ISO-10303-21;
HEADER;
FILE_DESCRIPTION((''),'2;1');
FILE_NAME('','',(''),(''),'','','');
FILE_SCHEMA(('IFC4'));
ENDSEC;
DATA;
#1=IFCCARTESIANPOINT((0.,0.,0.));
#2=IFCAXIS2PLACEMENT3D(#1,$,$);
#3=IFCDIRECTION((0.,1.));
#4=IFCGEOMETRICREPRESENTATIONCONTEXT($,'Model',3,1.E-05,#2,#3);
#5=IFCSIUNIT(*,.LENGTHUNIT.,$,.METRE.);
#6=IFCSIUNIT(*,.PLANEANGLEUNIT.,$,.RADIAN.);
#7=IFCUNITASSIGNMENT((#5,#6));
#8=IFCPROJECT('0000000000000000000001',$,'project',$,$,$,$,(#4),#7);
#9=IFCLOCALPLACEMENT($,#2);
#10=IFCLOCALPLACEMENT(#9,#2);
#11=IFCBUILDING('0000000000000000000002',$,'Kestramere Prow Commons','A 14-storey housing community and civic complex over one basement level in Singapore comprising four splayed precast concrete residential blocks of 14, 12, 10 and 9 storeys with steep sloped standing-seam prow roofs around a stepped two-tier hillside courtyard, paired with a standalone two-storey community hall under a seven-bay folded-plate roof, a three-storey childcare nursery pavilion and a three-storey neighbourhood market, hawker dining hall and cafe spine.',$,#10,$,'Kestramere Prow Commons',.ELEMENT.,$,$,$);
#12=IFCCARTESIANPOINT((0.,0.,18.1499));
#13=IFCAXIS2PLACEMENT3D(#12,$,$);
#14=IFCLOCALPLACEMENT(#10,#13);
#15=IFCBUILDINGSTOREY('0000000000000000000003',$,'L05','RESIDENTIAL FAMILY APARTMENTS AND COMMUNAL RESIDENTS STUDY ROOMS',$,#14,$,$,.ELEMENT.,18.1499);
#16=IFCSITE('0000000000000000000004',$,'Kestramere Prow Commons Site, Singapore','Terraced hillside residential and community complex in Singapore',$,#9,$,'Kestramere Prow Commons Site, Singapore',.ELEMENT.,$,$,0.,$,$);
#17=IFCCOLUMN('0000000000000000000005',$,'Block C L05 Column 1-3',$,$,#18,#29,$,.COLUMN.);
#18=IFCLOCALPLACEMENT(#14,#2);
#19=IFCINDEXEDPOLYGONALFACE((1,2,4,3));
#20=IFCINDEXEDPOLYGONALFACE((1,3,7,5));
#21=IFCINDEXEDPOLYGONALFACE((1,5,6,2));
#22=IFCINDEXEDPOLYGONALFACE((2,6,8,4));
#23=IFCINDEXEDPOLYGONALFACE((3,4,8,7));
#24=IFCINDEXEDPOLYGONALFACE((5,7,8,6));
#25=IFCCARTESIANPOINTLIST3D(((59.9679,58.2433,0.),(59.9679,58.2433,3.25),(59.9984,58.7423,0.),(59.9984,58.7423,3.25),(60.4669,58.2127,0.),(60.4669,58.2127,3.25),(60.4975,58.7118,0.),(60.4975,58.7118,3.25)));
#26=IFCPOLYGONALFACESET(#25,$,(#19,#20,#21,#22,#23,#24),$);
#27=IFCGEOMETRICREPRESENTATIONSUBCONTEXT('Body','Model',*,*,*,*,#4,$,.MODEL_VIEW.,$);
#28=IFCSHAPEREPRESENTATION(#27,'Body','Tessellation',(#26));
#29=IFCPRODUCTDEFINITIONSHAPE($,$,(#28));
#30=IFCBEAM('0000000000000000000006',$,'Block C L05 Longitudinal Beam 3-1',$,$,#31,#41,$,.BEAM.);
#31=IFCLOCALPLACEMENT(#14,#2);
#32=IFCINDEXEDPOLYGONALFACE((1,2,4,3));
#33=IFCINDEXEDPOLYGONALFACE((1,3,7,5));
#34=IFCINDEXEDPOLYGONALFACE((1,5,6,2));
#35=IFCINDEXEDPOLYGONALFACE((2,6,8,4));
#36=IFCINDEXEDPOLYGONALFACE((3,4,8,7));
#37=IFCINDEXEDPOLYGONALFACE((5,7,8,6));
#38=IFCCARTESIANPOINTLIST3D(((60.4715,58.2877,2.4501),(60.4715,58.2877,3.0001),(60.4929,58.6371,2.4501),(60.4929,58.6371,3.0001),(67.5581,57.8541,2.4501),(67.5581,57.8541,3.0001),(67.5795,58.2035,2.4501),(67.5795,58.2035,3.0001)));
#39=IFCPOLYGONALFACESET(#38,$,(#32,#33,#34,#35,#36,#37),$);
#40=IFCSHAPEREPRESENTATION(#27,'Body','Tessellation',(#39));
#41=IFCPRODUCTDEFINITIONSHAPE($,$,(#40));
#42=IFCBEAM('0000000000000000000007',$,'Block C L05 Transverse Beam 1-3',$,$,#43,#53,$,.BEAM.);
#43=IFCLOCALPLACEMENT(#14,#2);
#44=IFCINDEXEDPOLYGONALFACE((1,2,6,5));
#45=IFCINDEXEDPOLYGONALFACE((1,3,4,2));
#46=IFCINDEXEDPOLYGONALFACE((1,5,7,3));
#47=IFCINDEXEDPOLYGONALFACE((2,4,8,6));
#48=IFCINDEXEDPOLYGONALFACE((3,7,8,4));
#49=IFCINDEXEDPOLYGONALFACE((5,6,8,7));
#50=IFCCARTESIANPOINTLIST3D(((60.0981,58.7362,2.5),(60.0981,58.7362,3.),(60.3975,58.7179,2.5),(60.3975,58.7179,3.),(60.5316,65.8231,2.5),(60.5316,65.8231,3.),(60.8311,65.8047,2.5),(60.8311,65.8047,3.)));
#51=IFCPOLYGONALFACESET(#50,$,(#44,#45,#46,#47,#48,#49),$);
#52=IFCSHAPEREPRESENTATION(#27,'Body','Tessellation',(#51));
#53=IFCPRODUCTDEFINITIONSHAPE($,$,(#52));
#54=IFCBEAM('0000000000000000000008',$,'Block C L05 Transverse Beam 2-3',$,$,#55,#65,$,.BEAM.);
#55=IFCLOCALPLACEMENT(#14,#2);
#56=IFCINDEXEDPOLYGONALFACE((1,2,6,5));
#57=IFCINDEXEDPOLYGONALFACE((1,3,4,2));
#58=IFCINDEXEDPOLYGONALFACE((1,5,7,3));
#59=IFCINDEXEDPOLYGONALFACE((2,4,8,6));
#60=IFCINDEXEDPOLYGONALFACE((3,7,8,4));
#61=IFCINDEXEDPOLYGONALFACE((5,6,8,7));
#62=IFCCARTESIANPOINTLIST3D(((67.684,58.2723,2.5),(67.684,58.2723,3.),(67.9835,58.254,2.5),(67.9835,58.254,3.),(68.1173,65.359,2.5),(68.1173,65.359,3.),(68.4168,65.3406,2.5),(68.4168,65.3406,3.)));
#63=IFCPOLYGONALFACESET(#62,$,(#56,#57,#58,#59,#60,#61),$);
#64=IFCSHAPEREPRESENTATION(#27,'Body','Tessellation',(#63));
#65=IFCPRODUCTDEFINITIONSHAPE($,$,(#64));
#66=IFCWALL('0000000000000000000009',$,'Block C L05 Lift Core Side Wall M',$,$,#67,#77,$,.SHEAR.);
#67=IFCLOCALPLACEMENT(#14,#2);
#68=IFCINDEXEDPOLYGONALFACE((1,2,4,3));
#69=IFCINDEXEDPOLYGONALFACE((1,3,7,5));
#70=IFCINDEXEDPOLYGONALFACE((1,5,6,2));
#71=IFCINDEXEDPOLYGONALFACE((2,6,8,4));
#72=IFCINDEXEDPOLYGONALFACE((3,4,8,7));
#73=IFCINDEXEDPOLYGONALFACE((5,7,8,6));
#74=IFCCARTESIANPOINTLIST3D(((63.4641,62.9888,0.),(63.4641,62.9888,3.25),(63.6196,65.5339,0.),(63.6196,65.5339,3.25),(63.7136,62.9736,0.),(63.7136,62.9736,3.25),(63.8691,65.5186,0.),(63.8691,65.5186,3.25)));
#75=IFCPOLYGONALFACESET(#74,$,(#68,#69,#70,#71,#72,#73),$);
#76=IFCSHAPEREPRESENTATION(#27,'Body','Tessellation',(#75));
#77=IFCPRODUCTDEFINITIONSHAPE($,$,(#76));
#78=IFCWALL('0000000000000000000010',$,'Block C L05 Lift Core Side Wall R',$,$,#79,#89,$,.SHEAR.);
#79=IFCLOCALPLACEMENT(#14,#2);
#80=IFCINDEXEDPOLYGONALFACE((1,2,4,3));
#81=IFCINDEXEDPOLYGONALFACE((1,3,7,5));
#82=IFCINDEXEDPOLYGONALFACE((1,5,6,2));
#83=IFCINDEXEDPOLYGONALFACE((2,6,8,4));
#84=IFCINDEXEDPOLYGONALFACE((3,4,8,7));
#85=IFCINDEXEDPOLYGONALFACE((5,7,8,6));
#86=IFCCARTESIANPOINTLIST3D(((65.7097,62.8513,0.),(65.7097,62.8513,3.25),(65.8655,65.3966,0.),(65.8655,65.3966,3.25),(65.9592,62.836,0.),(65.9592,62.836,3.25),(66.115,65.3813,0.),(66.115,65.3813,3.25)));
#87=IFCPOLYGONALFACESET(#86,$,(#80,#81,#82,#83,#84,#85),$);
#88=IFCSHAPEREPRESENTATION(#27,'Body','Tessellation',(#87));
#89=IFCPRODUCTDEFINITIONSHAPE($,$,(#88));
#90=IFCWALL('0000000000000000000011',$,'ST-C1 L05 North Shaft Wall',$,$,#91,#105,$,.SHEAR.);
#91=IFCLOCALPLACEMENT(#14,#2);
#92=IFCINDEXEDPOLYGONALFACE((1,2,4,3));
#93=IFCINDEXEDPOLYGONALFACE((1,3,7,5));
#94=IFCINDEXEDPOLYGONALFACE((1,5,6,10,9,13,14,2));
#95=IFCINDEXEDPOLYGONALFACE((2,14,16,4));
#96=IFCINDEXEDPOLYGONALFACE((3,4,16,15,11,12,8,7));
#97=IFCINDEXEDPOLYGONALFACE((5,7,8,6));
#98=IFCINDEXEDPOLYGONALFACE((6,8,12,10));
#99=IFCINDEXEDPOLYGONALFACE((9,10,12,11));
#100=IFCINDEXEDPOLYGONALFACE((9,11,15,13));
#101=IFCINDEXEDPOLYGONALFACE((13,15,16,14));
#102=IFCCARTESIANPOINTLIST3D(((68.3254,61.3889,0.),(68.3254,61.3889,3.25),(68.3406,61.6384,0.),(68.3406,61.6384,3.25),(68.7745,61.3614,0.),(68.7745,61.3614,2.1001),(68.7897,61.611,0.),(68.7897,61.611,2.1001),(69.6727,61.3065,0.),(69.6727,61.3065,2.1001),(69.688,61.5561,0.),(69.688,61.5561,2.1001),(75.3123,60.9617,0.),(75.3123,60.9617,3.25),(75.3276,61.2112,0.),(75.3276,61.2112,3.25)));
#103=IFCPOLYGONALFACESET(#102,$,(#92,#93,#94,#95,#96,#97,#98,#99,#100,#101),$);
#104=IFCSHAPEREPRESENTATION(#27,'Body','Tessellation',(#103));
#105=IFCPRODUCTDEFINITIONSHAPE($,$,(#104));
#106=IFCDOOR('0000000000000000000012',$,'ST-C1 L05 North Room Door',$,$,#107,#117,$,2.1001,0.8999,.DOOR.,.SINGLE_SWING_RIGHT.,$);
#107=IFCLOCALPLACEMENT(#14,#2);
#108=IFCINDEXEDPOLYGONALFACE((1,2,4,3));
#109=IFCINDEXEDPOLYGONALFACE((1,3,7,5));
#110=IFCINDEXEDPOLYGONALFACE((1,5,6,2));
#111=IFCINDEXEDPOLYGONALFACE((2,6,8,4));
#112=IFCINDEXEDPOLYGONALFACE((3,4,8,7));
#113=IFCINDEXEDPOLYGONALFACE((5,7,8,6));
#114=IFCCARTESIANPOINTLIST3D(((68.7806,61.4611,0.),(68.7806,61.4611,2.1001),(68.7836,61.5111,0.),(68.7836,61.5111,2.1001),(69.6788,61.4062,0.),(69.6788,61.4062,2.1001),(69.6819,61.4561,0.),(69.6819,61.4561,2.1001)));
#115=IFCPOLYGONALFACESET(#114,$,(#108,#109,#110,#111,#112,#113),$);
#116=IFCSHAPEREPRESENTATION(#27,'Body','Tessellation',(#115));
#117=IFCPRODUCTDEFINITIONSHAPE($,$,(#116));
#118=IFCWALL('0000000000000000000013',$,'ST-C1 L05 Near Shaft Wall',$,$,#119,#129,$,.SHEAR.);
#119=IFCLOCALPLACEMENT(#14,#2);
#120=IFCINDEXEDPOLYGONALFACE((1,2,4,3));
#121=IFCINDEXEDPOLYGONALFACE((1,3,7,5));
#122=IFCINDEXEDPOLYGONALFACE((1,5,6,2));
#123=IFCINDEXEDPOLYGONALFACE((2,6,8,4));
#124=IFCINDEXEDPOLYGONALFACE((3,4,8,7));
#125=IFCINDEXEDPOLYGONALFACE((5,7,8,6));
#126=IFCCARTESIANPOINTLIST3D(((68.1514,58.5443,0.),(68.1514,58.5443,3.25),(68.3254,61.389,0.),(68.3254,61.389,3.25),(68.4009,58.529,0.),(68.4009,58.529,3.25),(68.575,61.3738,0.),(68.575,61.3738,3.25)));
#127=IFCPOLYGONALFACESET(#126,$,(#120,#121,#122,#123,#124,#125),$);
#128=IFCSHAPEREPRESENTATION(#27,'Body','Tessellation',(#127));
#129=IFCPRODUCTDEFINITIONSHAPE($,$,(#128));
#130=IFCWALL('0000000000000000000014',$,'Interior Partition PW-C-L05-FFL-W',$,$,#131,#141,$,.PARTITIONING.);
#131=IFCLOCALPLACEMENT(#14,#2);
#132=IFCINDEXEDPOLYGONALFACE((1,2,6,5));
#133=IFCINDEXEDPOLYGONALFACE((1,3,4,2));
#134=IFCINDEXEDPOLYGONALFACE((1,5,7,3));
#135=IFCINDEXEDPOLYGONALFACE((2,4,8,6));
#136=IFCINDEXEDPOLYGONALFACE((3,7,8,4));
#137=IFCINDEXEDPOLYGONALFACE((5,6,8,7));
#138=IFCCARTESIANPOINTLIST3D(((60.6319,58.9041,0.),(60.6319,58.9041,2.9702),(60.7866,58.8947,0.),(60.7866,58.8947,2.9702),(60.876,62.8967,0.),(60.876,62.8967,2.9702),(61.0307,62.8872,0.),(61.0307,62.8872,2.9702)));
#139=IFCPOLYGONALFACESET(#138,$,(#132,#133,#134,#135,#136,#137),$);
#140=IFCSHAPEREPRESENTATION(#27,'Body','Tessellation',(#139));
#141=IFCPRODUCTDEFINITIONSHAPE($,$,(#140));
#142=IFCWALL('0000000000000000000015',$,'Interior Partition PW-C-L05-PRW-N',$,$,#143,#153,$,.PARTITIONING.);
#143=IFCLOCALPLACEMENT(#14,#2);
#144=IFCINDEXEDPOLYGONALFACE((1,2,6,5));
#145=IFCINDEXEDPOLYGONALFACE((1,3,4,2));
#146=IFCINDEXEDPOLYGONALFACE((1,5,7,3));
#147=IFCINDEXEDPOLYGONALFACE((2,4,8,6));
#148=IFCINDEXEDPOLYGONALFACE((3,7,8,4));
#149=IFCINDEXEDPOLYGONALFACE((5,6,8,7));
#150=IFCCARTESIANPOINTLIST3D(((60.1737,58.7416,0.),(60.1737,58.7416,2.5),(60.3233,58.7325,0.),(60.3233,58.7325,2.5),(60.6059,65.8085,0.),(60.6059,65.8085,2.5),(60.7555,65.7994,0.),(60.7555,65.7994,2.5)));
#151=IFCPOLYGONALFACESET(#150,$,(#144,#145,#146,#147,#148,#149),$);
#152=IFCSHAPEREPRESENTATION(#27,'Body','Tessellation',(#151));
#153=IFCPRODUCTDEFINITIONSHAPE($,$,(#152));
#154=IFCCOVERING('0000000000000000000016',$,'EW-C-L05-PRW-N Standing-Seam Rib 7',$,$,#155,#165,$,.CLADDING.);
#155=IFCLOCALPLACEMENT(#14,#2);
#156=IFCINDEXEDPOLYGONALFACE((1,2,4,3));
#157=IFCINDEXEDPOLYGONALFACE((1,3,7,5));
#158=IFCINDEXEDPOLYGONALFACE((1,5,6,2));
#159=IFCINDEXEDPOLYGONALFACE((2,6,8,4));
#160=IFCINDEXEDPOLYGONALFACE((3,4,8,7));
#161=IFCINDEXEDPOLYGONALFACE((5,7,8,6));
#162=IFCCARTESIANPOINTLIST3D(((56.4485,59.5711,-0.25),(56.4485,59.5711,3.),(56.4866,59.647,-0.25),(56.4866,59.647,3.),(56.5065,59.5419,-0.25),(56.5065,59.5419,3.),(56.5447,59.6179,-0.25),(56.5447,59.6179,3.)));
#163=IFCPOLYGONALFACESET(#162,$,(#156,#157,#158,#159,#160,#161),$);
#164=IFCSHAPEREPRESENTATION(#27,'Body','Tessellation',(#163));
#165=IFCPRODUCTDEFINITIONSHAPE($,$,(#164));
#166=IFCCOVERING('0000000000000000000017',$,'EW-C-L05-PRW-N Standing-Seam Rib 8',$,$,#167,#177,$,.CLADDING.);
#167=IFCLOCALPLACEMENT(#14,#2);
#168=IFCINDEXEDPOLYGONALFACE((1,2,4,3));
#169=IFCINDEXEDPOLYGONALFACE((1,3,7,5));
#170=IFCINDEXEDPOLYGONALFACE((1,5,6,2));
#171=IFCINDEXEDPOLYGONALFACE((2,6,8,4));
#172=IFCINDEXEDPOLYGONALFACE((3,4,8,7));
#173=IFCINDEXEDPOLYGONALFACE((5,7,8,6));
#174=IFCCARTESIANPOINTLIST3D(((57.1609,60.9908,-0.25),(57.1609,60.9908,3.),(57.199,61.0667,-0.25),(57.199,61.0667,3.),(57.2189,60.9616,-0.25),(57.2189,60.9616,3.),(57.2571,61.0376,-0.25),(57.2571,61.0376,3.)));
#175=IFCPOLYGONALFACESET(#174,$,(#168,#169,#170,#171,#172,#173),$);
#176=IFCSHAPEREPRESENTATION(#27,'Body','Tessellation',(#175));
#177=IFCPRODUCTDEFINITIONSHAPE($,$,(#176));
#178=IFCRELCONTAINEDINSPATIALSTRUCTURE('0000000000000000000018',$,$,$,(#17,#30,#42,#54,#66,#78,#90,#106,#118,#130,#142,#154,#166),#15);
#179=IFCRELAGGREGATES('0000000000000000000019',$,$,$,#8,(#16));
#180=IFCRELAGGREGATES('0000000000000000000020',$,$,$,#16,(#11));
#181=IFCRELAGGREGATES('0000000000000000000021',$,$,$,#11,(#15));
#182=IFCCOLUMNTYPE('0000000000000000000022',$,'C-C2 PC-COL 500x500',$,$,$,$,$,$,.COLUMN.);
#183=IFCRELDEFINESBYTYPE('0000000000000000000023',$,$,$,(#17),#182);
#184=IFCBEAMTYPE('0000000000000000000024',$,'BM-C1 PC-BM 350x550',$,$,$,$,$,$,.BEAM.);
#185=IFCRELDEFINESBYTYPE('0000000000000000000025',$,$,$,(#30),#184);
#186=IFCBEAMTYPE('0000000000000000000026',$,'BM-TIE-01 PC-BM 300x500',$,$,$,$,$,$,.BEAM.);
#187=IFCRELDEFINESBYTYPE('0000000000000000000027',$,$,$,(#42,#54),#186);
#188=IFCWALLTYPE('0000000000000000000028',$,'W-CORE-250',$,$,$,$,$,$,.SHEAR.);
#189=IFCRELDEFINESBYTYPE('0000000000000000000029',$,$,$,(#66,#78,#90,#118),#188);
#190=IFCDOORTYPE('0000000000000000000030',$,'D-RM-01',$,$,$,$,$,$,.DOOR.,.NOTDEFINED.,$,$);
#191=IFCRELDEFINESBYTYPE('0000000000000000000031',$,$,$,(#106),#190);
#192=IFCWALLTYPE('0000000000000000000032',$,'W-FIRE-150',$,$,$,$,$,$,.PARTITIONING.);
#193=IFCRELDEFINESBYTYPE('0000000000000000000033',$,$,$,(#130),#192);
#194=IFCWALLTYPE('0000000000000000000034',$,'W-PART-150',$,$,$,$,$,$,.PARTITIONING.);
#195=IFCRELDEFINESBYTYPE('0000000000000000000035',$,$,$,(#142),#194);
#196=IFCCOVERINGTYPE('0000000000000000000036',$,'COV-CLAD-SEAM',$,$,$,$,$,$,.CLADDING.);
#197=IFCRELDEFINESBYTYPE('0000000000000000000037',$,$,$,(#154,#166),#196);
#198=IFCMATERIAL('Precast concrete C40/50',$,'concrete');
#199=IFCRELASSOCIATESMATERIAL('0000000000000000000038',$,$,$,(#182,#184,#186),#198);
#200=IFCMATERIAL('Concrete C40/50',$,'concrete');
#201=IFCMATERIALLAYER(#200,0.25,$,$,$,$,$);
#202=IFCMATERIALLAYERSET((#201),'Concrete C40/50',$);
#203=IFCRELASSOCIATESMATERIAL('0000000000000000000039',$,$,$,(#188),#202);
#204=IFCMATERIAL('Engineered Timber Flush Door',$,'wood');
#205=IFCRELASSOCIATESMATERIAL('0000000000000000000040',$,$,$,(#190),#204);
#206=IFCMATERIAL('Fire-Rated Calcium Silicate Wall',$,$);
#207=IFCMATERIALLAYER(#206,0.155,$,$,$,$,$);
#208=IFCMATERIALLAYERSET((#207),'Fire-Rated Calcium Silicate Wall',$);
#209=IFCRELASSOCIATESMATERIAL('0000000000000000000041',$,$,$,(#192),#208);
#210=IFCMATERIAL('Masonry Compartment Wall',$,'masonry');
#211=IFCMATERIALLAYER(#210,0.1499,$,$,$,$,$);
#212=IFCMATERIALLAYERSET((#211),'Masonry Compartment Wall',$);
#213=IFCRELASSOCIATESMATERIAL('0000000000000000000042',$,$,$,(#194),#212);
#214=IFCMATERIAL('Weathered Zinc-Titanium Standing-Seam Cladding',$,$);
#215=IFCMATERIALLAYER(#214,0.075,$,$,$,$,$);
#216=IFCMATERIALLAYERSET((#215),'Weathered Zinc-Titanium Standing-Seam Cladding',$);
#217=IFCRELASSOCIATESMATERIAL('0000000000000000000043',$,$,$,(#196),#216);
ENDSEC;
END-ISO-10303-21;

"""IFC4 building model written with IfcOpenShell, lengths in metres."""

from ifc_helpers import new_model, si_unit, direction, frame, frame_2d, origin, origin_2d, place, context, subcontext, project, spatial, rectangle, extrude, material, layer, layer_set, material_profile, profile_set, type_object, element, fill, save


model = new_model("IFC4")

# Units and contexts
model_context = context("Model", 3, precision=1e-05, world=origin(), true_north=direction((0.0, 1.0)))
body_context = subcontext(model_context, "Body", "Model", "MODEL_VIEW")
ifc_project = project(units=[si_unit("LENGTHUNIT", "METRE"), si_unit("PLANEANGLEUNIT", "RADIAN")], contexts=[model_context])

# Site, building, storey
site_placement = place(None, origin())
site = spatial("IfcSite", under=ifc_project, at=site_placement, Name="Kestramere Prow Commons Site, Singapore", Description="Terraced hillside residential and community complex in Singapore", LongName="Kestramere Prow Commons Site, Singapore", CompositionType="ELEMENT", RefElevation=0.0)
building_placement = place(site_placement, origin())
building = spatial("IfcBuilding", under=site, at=building_placement, Name="Kestramere Prow Commons", Description="A 14-storey housing community and civic complex over one basement level in Singapore comprising four splayed precast concrete residential blocks of 14, 12, 10 and 9 storeys with steep sloped standing-seam prow roofs around a stepped two-tier hillside courtyard, paired with a standalone two-storey community hall under a seven-bay folded-plate roof, a three-storey childcare nursery pavilion and a three-storey neighbourhood market, hawker dining hall and cafe spine.", LongName="Kestramere Prow Commons", CompositionType="ELEMENT")
storey_placement = place(building_placement, frame((0.0, 0.0, 18.1499)))
storey = spatial("IfcBuildingStorey", under=building, at=storey_placement, Name="L05", Description="RESIDENTIAL FAMILY APARTMENTS AND COMMUNAL RESIDENTS STUDY ROOMS", CompositionType="ELEMENT", Elevation=18.1499)

# Column
ifc_material_1 = material(Name="Precast concrete C40/50", Category="concrete")
ifc_material_profile_1 = material_profile(ifc_material_1, rectangle(XDim=0.5, YDim=0.5, at=origin_2d()), Name="PC-COL 500x500")
ifc_profile_set_1 = profile_set([ifc_material_profile_1], Name="Precast concrete C40/50")
column_type = type_object("IfcColumnType", Name="C-C2 PC-COL 500x500", PredefinedType="COLUMN", material=ifc_profile_set_1)
column_placement = place(storey_placement, frame((60.2327, 58.4775, 0.0), z_axis=(0.0, 0.0, 1.0), x_axis=(0.998135, -0.061049, 0.0)))
element("IfcColumn", 1, at=column_placement, inside=storey, type_object=column_type, Name="Block C L05 Column 1-3", PredefinedType="COLUMN", context=body_context, shape_type="SweptSolid", body=[
    extrude(rectangle(XDim=0.5, YDim=0.5, at=origin_2d()), origin(), (0.0, 0.0, 1.0), 3.25),
])

# Beams
ifc_material_profile_2 = material_profile(ifc_material_1, rectangle(XDim=0.3501, YDim=0.55, at=origin_2d()), Name="PC-BM 350x550")
ifc_profile_set_2 = profile_set([ifc_material_profile_2], Name="Precast concrete C40/50")
beam_type_1 = type_object("IfcBeamType", Name="BM-C1 PC-BM 350x550", PredefinedType="BEAM", material=ifc_profile_set_2)
beam_1_placement = place(storey_placement, frame((60.4822, 58.4624, 2.7251), z_axis=(0.998133, -0.06107, 0.0), x_axis=(0.06107, 0.998133, 0.0)))
element("IfcBeam", 2, at=beam_1_placement, inside=storey, type_object=beam_type_1, Name="Block C L05 Longitudinal Beam 3-1", PredefinedType="BEAM", context=body_context, shape_type="SweptSolid", body=[
    extrude(rectangle(XDim=0.3501, YDim=0.55, at=origin_2d()), origin(), (0.0, 0.0, 1.0), 7.0999),
])
ifc_material_profile_3 = material_profile(ifc_material_1, rectangle(XDim=0.3, YDim=0.5, at=origin_2d()), Name="PC-BM 300x500")
ifc_profile_set_3 = profile_set([ifc_material_profile_3], Name="Precast concrete C40/50")
beam_type_2 = type_object("IfcBeamType", Name="BM-TIE-01 PC-BM 300x500", PredefinedType="BEAM", material=ifc_profile_set_3)
beam_2_placement = place(storey_placement, frame((60.2478, 58.7271, 2.75), z_axis=(0.061068, 0.998134, 0.0), x_axis=(-0.998134, 0.061068, 0.0)))
element("IfcBeam", 3, at=beam_2_placement, inside=storey, type_object=beam_type_2, Name="Block C L05 Transverse Beam 1-3", PredefinedType="BEAM", context=body_context, shape_type="SweptSolid", body=[
    extrude(rectangle(XDim=0.3, YDim=0.5, at=origin_2d()), origin(), (0.0, 0.0, 1.0), 7.1001),
])
beam_3_placement = place(storey_placement, frame((67.8337, 58.2632, 2.75), z_axis=(0.061036, 0.998136, 0.0), x_axis=(-0.998136, 0.061036, 0.0)))
element("IfcBeam", 4, at=beam_3_placement, inside=storey, type_object=beam_type_2, Name="Block C L05 Transverse Beam 2-3", PredefinedType="BEAM", context=body_context, shape_type="SweptSolid", body=[
    extrude(rectangle(XDim=0.3, YDim=0.5, at=origin_2d()), origin(), (0.0, 0.0, 1.0), 7.0999),
])

# Shared definitions
ifc_material_2 = material(Name="Concrete C40/50", Category="concrete")
ifc_layer_1 = layer(ifc_material_2, 0.25)
ifc_layer_set_1 = layer_set([ifc_layer_1], Name="Concrete C40/50")
wall_type_1 = type_object("IfcWallType", Name="W-CORE-250", PredefinedType="SHEAR", material=ifc_layer_set_1)

# Walls
wall_1_placement = place(storey_placement, frame((63.5889, 62.9812, 0.0), z_axis=(0.0, 0.0, 1.0), x_axis=(0.060989, 0.998138, 0.0)))
element("IfcWall", 5, at=wall_1_placement, inside=storey, type_object=wall_type_1, Name="Block C L05 Lift Core Side Wall M", PredefinedType="SHEAR", context=body_context, shape_type="SweptSolid", body=[
    extrude(rectangle(XDim=2.5498, YDim=0.25, at=frame_2d((1.2749, 0.0))), origin(), (0.0, 0.0, 1.0), 3.25),
])
wall_2_placement = place(storey_placement, frame((65.8345, 62.8438, 0.0), z_axis=(0.0, 0.0, 1.0), x_axis=(0.061085, 0.998133, 0.0)))
element("IfcWall", 6, at=wall_2_placement, inside=storey, type_object=wall_type_1, Name="Block C L05 Lift Core Side Wall R", PredefinedType="SHEAR", context=body_context, shape_type="SweptSolid", body=[
    extrude(rectangle(XDim=2.55, YDim=0.25, at=frame_2d((1.2749, 0.0))), origin(), (0.0, 0.0, 1.0), 3.25),
])

# Wall, opening, door
wall_3_placement = place(storey_placement, frame((68.333, 61.5137, 0.0), z_axis=(0.0, 0.0, 1.0), x_axis=(0.998136, -0.061034, 0.0)))
wall_3 = element("IfcWall", 7, at=wall_3_placement, inside=storey, type_object=wall_type_1, Name="ST-C1 L05 North Shaft Wall", PredefinedType="SHEAR", context=body_context, shape_type="SweptSolid", body=[
    extrude(rectangle(XDim=7.0, YDim=0.25, at=frame_2d((3.5, 0.0))), origin(), (0.0, 0.0, 1.0), 3.25),
])
opening_1_placement = place(wall_3_placement, frame((0.45, 0.0, 0.0)))
opening_1 = element("IfcOpeningElement", 8, at=opening_1_placement, cuts=wall_3, PredefinedType="OPENING", context=body_context, shape_type="SweptSolid", body=[
    extrude(rectangle(XDim=0.8999, YDim=2.1001, at=frame_2d((0.45, 1.05))), frame((0.0, 0.1399, 0.0), z_axis=(0.0, -1.0, 0.0), x_axis=(1.0, 0.0, 0.0)), (0.0, 0.0, 1.0), 0.28),
])
ifc_material_3 = material(Name="Engineered Timber Flush Door", Category="wood")
door_type_1 = type_object("IfcDoorType", Name="D-RM-01", OperationType="NOTDEFINED", PredefinedType="DOOR", material=ifc_material_3)
door_1_placement = place(opening_1_placement, origin())
door_1 = element("IfcDoor", 9, at=door_1_placement, inside=storey, type_object=door_type_1, Name="ST-C1 L05 North Room Door", OperationType="SINGLE_SWING_RIGHT", OverallHeight=2.1001, OverallWidth=0.8999, PredefinedType="DOOR", context=body_context, shape_type="SweptSolid", body=[
    extrude(rectangle(XDim=0.8999, YDim=2.1001, at=frame_2d((0.45, 1.05))), frame((0.0, 0.0249, 0.0), z_axis=(0.0, -1.0, 0.0), x_axis=(1.0, 0.0, 0.0)), (0.0, 0.0, 1.0), 0.05),
])
fill(opening_1, door_1)

# Wall
wall_4_placement = place(storey_placement, frame((68.2761, 58.5366, 0.0), z_axis=(0.0, 0.0, 1.0), x_axis=(0.061077, 0.998133, 0.0)))
element("IfcWall", 10, at=wall_4_placement, inside=storey, type_object=wall_type_1, Name="ST-C1 L05 Near Shaft Wall", PredefinedType="SHEAR", context=body_context, shape_type="SweptSolid", body=[
    extrude(rectangle(XDim=2.8501, YDim=0.25, at=frame_2d((1.425, 0.0))), origin(), (0.0, 0.0, 1.0), 3.25),
])

# Shared definitions
ifc_material_4 = material(Name="Fire-Rated Calcium Silicate Wall")
ifc_layer_2 = layer(ifc_material_4, 0.155)
ifc_layer_set_2 = layer_set([ifc_layer_2], Name="Fire-Rated Calcium Silicate Wall")
wall_type_2 = type_object("IfcWallType", Name="W-FIRE-150", PredefinedType="PARTITIONING", material=ifc_layer_set_2)

# Wall
wall_5_placement = place(storey_placement, frame((60.7092, 58.8994, 0.0), z_axis=(0.0, 0.0, 1.0), x_axis=(0.061037, 0.998136, 0.0)))
element("IfcWall", 11, at=wall_5_placement, inside=storey, type_object=wall_type_2, Name="Interior Partition PW-C-L05-FFL-W", PredefinedType="PARTITIONING", context=body_context, shape_type="SweptSolid", body=[
    extrude(rectangle(XDim=4.0, YDim=0.155, at=frame_2d((2.0, 0.0))), origin(), (0.0, 0.0, 1.0), 2.9702),
])

# Wall
ifc_material_5 = material(Name="Masonry Compartment Wall", Category="masonry")
ifc_layer_3 = layer(ifc_material_5, 0.1499)
ifc_layer_set_3 = layer_set([ifc_layer_3], Name="Masonry Compartment Wall")
wall_type_3 = type_object("IfcWallType", Name="W-PART-150", PredefinedType="PARTITIONING", material=ifc_layer_set_3)
wall_6_placement = place(storey_placement, frame((60.2485, 58.7371, 0.0), z_axis=(0.0, 0.0, 1.0), x_axis=(0.061034, 0.998136, 0.0)))
element("IfcWall", 12, at=wall_6_placement, inside=storey, type_object=wall_type_3, Name="Interior Partition PW-C-L05-PRW-N", PredefinedType="PARTITIONING", context=body_context, shape_type="SweptSolid", body=[
    extrude(rectangle(XDim=7.0801, YDim=0.1499, at=frame_2d((3.54, 0.0))), origin(), (0.0, 0.0, 1.0), 2.5),
])

# Coverings
ifc_material_6 = material(Name="Weathered Zinc-Titanium Standing-Seam Cladding")
ifc_layer_4 = layer(ifc_material_6, 0.075)
ifc_layer_set_4 = layer_set([ifc_layer_4], Name="Weathered Zinc-Titanium Standing-Seam Cladding")
covering_type = type_object("IfcCoveringType", Name="COV-CLAD-SEAM", PredefinedType="CLADDING", material=ifc_layer_set_4)
for number, where, z_axis, x_axis, name in (
    (13, (56.4966, 59.5945, -0.25), (0.0, 0.0, 1.0), (0.44862, 0.893722, 0.0), "EW-C-L05-PRW-N Standing-Seam Rib 7"),
    (14, (57.209, 61.0142, -0.25), (0.0, 0.0, 1.0), (0.44862, 0.893722, 0.0), "EW-C-L05-PRW-N Standing-Seam Rib 8"),
):
    element("IfcCovering", number, at=place(storey_placement, frame(where, z_axis=z_axis, x_axis=x_axis)), inside=storey, type_object=covering_type, Name=name, PredefinedType="CLADDING", context=body_context, shape_type="SweptSolid", body=[
        extrude(rectangle(XDim=0.085, YDim=0.0649, at=origin_2d()), origin(), (0.0, 0.0, 1.0), 3.25),
    ])

save(model, "model.ifc")
